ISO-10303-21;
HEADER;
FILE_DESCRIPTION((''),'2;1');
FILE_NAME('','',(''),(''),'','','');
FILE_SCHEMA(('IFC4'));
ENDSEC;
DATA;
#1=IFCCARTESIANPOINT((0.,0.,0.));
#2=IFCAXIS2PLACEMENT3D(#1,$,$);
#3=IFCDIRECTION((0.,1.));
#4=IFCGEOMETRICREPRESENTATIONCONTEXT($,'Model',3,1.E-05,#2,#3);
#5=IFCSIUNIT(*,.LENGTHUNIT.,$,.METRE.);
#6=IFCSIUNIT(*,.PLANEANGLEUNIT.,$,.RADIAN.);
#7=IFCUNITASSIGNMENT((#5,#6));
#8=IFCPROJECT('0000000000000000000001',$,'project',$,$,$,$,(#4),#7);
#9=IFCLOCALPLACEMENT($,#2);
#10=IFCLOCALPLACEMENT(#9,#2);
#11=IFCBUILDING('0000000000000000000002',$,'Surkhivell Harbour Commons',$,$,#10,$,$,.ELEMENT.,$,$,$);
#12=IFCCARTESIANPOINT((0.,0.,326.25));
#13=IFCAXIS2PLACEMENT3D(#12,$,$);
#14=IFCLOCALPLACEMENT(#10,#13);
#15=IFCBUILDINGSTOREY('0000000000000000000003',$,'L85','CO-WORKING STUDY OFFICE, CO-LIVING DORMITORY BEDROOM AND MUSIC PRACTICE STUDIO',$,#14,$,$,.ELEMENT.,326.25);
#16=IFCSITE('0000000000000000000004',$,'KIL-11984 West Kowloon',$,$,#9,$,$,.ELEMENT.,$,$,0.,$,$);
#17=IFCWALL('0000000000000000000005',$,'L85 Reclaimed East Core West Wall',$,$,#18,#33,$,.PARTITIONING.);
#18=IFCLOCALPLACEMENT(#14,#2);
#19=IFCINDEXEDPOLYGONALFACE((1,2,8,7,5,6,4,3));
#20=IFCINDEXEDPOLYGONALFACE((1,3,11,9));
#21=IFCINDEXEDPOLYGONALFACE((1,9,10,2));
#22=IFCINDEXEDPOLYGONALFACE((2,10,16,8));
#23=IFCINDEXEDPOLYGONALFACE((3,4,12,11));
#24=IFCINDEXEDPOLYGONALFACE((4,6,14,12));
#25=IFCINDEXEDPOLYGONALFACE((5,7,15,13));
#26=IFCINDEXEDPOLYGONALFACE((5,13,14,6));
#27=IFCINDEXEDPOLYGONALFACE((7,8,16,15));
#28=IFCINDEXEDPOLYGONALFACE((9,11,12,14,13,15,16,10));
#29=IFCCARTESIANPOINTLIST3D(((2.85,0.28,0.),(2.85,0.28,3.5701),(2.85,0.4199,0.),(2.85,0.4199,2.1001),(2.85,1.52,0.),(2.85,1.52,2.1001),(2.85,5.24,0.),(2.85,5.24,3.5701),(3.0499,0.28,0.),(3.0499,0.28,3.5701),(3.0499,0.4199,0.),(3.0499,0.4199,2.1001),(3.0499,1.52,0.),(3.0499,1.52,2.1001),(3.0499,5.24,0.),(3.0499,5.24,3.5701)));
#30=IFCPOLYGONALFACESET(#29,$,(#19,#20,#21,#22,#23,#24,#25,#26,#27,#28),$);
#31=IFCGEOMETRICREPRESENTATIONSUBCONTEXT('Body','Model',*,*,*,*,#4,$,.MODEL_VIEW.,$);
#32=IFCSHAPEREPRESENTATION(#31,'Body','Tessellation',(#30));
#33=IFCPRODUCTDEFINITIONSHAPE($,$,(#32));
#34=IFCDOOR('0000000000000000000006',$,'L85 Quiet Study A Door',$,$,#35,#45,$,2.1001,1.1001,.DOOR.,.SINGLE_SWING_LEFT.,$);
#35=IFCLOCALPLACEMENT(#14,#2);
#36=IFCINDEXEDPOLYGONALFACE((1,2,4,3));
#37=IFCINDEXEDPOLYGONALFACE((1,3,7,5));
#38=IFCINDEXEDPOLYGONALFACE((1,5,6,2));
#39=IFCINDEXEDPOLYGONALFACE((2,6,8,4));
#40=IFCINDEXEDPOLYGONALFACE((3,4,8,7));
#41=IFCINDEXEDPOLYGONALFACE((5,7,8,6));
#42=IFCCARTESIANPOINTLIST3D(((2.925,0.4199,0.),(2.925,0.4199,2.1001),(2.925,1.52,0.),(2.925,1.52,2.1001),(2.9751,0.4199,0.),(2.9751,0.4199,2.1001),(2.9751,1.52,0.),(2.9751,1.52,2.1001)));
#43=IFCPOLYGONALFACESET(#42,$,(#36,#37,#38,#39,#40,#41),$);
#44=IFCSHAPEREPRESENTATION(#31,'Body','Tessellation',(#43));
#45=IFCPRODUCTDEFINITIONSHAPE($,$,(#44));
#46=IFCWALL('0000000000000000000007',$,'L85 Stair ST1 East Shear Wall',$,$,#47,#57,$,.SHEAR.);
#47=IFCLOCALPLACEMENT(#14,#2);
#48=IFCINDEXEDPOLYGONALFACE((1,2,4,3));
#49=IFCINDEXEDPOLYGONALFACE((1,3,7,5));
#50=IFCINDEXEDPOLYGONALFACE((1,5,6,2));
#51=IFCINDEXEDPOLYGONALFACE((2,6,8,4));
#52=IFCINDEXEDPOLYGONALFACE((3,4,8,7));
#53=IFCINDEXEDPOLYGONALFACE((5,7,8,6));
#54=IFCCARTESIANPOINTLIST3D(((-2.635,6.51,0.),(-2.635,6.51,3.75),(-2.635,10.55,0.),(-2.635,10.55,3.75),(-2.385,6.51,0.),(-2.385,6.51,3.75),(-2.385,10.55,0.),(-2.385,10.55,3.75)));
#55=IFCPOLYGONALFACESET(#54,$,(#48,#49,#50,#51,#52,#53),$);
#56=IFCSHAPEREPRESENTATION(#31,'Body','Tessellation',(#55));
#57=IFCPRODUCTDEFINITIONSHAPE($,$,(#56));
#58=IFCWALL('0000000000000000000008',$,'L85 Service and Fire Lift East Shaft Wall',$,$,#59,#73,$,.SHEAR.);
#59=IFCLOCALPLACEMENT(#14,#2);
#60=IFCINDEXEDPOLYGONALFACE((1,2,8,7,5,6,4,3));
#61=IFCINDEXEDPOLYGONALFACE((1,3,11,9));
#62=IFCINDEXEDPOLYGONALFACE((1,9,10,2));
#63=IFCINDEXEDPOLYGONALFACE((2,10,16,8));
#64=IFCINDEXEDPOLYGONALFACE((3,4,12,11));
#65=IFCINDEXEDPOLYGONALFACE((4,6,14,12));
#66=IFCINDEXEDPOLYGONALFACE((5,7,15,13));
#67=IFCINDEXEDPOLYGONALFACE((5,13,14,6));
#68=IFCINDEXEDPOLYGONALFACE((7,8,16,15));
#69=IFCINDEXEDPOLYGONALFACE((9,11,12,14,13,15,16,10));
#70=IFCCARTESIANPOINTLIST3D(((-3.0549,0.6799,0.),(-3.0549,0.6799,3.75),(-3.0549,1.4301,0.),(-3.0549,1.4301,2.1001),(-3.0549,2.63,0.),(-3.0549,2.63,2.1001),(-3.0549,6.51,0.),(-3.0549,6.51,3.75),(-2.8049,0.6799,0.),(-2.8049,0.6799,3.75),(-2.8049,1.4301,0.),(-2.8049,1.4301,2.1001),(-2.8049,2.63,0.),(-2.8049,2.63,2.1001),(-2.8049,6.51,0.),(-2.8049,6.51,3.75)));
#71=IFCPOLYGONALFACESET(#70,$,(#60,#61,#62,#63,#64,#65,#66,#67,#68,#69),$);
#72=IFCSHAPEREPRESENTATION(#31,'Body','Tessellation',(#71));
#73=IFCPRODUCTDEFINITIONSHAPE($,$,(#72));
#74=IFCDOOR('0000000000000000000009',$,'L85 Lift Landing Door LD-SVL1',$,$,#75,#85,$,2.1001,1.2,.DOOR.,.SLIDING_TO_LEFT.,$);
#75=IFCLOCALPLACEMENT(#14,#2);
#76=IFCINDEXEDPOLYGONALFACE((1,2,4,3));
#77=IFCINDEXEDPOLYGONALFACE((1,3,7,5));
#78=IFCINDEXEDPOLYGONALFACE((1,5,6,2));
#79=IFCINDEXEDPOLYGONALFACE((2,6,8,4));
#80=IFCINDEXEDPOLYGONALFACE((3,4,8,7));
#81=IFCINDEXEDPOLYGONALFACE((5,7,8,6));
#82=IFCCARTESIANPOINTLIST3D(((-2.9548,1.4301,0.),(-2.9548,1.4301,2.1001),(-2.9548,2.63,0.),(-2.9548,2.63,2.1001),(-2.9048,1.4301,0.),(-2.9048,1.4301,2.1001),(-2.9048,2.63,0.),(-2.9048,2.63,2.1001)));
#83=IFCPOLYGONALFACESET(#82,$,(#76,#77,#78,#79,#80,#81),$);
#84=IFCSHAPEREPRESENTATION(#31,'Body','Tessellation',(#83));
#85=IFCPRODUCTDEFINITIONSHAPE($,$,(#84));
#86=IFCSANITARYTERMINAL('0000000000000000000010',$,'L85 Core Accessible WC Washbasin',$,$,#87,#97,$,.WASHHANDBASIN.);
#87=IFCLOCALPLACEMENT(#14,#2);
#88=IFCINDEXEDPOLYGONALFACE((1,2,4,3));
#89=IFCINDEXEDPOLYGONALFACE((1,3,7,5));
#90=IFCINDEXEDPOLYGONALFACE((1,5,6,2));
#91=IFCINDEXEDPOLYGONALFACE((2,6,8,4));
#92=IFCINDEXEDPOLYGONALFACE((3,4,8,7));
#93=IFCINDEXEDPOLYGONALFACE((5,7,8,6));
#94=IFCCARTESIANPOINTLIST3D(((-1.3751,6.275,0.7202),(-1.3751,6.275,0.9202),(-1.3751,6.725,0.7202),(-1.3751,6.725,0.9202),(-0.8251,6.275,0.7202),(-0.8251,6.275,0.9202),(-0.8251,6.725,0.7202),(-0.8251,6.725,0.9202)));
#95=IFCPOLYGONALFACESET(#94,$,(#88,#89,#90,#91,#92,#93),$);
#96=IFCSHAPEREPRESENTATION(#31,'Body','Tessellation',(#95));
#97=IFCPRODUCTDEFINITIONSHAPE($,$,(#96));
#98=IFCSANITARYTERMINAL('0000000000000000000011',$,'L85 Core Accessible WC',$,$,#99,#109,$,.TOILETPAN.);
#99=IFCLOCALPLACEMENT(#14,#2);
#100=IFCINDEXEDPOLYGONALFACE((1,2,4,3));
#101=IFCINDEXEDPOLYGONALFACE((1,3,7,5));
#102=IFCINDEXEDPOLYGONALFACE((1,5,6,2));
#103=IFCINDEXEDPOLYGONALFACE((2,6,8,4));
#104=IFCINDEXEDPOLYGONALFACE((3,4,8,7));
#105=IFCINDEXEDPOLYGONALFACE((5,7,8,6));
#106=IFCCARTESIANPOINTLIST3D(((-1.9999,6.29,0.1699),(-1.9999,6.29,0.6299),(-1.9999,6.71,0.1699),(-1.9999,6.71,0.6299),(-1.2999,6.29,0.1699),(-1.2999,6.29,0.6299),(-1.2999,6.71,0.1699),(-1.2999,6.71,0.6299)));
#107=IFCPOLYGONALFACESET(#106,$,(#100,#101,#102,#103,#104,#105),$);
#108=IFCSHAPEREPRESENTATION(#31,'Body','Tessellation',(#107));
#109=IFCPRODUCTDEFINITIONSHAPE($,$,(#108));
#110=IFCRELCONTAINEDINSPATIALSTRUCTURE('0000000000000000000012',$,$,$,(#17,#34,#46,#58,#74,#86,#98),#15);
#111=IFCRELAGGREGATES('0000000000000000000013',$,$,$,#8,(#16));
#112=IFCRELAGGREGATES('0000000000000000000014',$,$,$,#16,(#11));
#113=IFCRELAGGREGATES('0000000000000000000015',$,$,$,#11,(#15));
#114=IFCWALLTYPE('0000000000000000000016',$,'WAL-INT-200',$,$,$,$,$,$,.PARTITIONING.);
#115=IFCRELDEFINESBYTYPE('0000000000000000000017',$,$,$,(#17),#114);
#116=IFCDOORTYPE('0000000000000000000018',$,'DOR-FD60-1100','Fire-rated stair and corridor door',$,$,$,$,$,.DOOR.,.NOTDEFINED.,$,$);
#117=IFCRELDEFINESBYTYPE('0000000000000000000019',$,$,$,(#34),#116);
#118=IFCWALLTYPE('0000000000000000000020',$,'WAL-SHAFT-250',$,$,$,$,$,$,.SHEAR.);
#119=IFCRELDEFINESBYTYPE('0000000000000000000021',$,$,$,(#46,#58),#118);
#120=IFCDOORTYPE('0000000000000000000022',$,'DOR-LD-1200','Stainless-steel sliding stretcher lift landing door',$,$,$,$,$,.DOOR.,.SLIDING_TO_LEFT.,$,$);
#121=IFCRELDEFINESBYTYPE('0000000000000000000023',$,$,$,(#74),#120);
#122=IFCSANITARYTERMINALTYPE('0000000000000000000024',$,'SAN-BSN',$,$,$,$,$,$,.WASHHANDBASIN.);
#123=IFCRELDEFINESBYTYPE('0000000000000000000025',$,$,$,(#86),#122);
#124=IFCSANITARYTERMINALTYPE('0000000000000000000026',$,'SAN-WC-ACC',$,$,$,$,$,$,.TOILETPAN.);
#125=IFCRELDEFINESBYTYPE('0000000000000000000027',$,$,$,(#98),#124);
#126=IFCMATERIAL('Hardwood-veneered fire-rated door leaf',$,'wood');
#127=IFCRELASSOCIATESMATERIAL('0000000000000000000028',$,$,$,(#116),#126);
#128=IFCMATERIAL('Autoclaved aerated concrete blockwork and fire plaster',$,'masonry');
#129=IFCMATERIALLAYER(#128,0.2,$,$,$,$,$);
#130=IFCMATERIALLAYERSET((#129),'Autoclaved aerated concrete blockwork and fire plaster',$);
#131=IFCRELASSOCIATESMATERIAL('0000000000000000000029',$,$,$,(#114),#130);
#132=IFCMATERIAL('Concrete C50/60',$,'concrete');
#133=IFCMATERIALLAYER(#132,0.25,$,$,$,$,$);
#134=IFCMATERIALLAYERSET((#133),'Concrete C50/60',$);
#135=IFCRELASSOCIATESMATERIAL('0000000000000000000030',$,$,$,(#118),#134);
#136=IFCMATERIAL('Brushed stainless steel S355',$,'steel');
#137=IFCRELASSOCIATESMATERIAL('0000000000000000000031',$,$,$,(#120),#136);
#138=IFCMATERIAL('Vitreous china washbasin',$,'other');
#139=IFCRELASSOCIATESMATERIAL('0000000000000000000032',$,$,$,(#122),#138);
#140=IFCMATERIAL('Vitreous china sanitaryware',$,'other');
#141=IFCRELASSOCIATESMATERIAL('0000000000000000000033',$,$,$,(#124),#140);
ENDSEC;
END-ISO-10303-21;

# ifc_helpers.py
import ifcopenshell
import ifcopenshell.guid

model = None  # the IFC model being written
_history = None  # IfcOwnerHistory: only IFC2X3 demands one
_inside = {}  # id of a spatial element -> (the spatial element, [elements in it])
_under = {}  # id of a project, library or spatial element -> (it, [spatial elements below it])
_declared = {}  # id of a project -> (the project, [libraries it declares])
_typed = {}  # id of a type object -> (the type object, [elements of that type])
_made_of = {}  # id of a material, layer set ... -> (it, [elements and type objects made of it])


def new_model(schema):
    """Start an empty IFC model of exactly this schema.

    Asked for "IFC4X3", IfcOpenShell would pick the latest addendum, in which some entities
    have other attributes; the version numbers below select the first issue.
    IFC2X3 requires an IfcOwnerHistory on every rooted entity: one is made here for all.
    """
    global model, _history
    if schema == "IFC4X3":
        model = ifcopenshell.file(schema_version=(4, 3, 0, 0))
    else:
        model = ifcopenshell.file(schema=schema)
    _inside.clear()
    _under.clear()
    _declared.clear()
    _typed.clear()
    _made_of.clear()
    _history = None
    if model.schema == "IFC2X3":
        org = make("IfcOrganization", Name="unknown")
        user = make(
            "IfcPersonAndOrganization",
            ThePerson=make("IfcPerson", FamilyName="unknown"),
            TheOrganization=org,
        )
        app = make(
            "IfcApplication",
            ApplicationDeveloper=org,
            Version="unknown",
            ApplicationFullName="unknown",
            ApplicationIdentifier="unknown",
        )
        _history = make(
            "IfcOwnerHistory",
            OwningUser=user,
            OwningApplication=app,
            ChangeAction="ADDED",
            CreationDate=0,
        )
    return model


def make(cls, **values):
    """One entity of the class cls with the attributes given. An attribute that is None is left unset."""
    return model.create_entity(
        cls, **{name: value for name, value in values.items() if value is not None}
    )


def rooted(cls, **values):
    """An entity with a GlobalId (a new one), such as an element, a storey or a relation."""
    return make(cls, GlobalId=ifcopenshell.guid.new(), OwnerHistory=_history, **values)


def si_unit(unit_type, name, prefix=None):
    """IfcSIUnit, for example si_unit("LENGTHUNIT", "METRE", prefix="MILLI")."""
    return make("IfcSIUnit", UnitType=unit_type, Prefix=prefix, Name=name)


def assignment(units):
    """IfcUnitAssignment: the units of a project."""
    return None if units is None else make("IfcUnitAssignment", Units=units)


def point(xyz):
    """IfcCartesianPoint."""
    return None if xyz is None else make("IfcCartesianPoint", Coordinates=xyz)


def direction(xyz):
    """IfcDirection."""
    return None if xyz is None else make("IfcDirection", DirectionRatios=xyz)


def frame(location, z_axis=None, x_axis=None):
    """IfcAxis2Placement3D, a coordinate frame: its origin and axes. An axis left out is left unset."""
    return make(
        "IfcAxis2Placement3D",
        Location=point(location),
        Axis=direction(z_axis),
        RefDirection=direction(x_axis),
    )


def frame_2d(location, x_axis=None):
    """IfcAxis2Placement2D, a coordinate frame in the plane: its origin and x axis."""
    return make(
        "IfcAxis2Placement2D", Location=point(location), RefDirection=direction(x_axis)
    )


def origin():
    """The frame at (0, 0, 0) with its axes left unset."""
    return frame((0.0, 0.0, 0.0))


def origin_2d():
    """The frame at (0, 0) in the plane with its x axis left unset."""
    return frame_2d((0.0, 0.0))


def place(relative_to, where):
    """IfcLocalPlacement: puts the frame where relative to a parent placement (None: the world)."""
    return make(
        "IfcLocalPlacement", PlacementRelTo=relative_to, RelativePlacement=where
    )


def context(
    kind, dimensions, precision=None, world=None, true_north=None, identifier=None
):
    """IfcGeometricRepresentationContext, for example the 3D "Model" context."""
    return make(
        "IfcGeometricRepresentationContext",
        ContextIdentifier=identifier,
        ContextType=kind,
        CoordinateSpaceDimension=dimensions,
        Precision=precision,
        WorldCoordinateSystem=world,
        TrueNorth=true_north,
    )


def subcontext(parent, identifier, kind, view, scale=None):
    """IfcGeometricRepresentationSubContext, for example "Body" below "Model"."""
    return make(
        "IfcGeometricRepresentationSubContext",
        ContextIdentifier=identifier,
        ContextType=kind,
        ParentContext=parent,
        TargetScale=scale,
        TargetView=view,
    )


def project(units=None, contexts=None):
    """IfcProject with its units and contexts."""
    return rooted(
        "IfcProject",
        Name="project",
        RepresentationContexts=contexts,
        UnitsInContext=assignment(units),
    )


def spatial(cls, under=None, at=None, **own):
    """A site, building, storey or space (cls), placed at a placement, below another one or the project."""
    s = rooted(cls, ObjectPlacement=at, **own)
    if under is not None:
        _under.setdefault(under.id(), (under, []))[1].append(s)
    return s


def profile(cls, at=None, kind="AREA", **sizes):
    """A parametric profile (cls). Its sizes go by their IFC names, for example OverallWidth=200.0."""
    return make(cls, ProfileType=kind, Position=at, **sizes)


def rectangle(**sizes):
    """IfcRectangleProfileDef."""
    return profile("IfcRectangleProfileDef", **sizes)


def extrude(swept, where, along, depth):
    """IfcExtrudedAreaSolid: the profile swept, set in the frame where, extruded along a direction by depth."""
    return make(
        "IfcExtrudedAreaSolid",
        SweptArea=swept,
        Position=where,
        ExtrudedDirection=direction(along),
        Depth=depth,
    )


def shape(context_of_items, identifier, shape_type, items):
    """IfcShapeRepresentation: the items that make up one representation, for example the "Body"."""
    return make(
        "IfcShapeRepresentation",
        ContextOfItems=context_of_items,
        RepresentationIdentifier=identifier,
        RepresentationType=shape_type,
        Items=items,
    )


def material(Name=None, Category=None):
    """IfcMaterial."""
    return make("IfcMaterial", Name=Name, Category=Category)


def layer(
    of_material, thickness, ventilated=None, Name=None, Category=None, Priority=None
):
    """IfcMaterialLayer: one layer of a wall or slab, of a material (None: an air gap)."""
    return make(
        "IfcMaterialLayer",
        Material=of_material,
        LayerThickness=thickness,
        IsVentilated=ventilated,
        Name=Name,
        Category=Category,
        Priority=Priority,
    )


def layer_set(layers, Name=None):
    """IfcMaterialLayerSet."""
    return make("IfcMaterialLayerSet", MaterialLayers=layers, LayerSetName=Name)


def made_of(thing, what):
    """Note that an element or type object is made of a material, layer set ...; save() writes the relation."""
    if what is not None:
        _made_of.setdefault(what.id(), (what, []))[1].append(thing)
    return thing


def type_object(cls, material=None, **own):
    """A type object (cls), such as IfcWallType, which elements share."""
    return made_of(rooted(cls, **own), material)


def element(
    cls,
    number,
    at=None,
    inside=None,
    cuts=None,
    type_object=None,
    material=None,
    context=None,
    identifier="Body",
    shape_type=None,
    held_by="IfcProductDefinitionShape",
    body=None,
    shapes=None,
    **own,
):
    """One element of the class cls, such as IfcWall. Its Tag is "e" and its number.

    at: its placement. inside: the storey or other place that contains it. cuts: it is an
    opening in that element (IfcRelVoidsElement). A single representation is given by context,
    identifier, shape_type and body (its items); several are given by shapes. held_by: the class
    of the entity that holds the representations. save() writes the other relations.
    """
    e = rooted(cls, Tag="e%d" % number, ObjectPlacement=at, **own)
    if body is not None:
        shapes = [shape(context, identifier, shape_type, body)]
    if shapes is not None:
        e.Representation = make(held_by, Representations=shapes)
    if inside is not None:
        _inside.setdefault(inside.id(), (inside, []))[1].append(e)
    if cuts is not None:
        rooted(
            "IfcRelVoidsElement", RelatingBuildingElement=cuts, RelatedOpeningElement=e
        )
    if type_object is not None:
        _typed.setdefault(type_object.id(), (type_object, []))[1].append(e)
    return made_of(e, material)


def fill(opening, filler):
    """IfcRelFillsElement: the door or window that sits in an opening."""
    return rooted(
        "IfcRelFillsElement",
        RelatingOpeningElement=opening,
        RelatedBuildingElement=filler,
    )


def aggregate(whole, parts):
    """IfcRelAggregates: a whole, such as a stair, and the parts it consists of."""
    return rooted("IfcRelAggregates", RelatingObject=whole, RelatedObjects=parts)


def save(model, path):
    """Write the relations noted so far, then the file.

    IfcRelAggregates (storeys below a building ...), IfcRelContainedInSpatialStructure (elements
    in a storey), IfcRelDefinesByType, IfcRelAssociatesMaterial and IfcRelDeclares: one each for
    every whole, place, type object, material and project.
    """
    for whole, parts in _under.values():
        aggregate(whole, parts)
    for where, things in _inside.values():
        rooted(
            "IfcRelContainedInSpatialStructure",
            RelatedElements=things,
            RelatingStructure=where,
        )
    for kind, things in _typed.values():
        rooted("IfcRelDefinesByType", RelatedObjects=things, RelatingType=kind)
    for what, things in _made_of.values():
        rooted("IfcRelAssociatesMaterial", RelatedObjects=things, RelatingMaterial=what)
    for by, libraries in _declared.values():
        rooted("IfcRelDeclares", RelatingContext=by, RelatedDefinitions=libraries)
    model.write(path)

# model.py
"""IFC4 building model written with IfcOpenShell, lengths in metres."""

from ifc_helpers import new_model, si_unit, direction, frame, frame_2d, origin, origin_2d, place, context, subcontext, project, spatial, rectangle, extrude, material, layer, layer_set, type_object, element, fill, save


model = new_model("IFC4")

# Units and contexts
model_context = context("Model", 3, precision=1e-05, world=origin(), true_north=direction((0.0, 1.0)))
body_context = subcontext(model_context, "Body", "Model", "MODEL_VIEW")
ifc_project = project(units=[si_unit("LENGTHUNIT", "METRE"), si_unit("PLANEANGLEUNIT", "RADIAN")], contexts=[model_context])

# Site, building, storey
site_placement = place(None, origin())
site = spatial("IfcSite", under=ifc_project, at=site_placement, Name="KIL-11984 West Kowloon", CompositionType="ELEMENT", RefElevation=0.0)
building_placement = place(site_placement, origin())
building = spatial("IfcBuilding", under=site, at=building_placement, Name="Surkhivell Harbour Commons", CompositionType="ELEMENT")
storey_placement = place(building_placement, frame((0.0, 0.0, 326.25)))
storey = spatial("IfcBuildingStorey", under=building, at=storey_placement, Name="L85", Description="CO-WORKING STUDY OFFICE, CO-LIVING DORMITORY BEDROOM AND MUSIC PRACTICE STUDIO", CompositionType="ELEMENT", Elevation=326.25)

# Shared definitions
ifc_material_1 = material(Name="Concrete C50/60", Category="concrete")
ifc_material_2 = material(Name="Hardwood-veneered fire-rated door leaf", Category="wood")
door_type_1 = type_object("IfcDoorType", Name="DOR-FD60-1100", Description="Fire-rated stair and corridor door", OperationType="NOTDEFINED", PredefinedType="DOOR", material=ifc_material_2)

# Shared definitions
ifc_material_3 = material(Name="Autoclaved aerated concrete blockwork and fire plaster", Category="masonry")
ifc_layer_1 = layer(ifc_material_3, 0.2)
ifc_layer_set_1 = layer_set([ifc_layer_1], Name="Autoclaved aerated concrete blockwork and fire plaster")
wall_type_1 = type_object("IfcWallType", Name="WAL-INT-200", PredefinedType="PARTITIONING", material=ifc_layer_set_1)

# Wall, opening, door
wall_1_placement = place(storey_placement, frame((2.95, 0.28, 0.0), z_axis=(0.0, 0.0, 1.0), x_axis=(0.0, 1.0, 0.0)))
wall_1 = element("IfcWall", 1, at=wall_1_placement, inside=storey, type_object=wall_type_1, Name="L85 Reclaimed East Core West Wall", PredefinedType="PARTITIONING", context=body_context, shape_type="SweptSolid", body=[
    extrude(rectangle(XDim=4.96, YDim=0.2, at=frame_2d((2.48, 0.0))), origin(), (0.0, 0.0, 1.0), 3.5701),
])
opening_1_placement = place(wall_1_placement, frame((0.1399, 0.0, 0.0)))
opening_1 = element("IfcOpeningElement", 2, at=opening_1_placement, cuts=wall_1, PredefinedType="OPENING", context=body_context, shape_type="SweptSolid", body=[
    extrude(rectangle(XDim=1.1001, YDim=2.1001, at=frame_2d((0.55, 1.05))), frame((0.0, 0.1099, 0.0), z_axis=(0.0, -1.0, 0.0), x_axis=(1.0, 0.0, 0.0)), (0.0, 0.0, 1.0), 0.22),
])
door_1_placement = place(opening_1_placement, origin())
door_1 = element("IfcDoor", 3, at=door_1_placement, inside=storey, type_object=door_type_1, Name="L85 Quiet Study A Door", OperationType="SINGLE_SWING_LEFT", OverallHeight=2.1001, OverallWidth=1.1001, PredefinedType="DOOR", context=body_context, shape_type="SweptSolid", body=[
    extrude(rectangle(XDim=1.1001, YDim=2.1001, at=frame_2d((0.55, 1.05))), frame((0.0, 0.0249, 0.0), z_axis=(0.0, -1.0, 0.0), x_axis=(1.0, 0.0, 0.0)), (0.0, 0.0, 1.0), 0.05),
])
fill(opening_1, door_1)

# Wall
ifc_layer_2 = layer(ifc_material_1, 0.25)
ifc_layer_set_2 = layer_set([ifc_layer_2], Name="Concrete C50/60")
wall_type_2 = type_object("IfcWallType", Name="WAL-SHAFT-250", PredefinedType="SHEAR", material=ifc_layer_set_2)
wall_2_placement = place(storey_placement, frame((-2.51, 6.51, 0.0), z_axis=(0.0, 0.0, 1.0), x_axis=(0.0, 1.0, 0.0)))
element("IfcWall", 4, at=wall_2_placement, inside=storey, type_object=wall_type_2, Name="L85 Stair ST1 East Shear Wall", PredefinedType="SHEAR", context=body_context, shape_type="SweptSolid", body=[
    extrude(rectangle(XDim=4.04, YDim=0.25, at=frame_2d((2.02, 0.0))), origin(), (0.0, 0.0, 1.0), 3.75),
])

# Wall, opening, door
wall_3_placement = place(storey_placement, frame((-2.9299, 0.6799, 0.0), z_axis=(0.0, 0.0, 1.0), x_axis=(0.0, 1.0, 0.0)))
wall_3 = element("IfcWall", 5, at=wall_3_placement, inside=storey, type_object=wall_type_2, Name="L85 Service and Fire Lift East Shaft Wall", PredefinedType="SHEAR", context=body_context, shape_type="SweptSolid", body=[
    extrude(rectangle(XDim=5.8301, YDim=0.25, at=frame_2d((2.915, 0.0))), origin(), (0.0, 0.0, 1.0), 3.75),
])
opening_2_placement = place(wall_3_placement, frame((0.75, 0.0, 0.0)))
opening_2 = element("IfcOpeningElement", 6, at=opening_2_placement, cuts=wall_3, PredefinedType="OPENING", context=body_context, shape_type="SweptSolid", body=[
    extrude(rectangle(XDim=1.2, YDim=2.1001, at=frame_2d((0.6001, 1.05))), frame((0.0, 0.135, 0.0), z_axis=(0.0, -1.0, 0.0), x_axis=(1.0, 0.0, 0.0)), (0.0, 0.0, 1.0), 0.27),
])
ifc_material_4 = material(Name="Brushed stainless steel S355", Category="steel")
door_type_2 = type_object("IfcDoorType", Name="DOR-LD-1200", Description="Stainless-steel sliding stretcher lift landing door", OperationType="SLIDING_TO_LEFT", PredefinedType="DOOR", material=ifc_material_4)
door_2_placement = place(opening_2_placement, origin())
door_2 = element("IfcDoor", 7, at=door_2_placement, inside=storey, type_object=door_type_2, Name="L85 Lift Landing Door LD-SVL1", OperationType="SLIDING_TO_LEFT", OverallHeight=2.1001, OverallWidth=1.2, PredefinedType="DOOR", context=body_context, shape_type="SweptSolid", body=[
    extrude(rectangle(XDim=1.2, YDim=2.1001, at=frame_2d((0.6001, 1.05))), frame((0.0, 0.0249, 0.0), z_axis=(0.0, -1.0, 0.0), x_axis=(1.0, 0.0, 0.0)), (0.0, 0.0, 1.0), 0.05),
])
fill(opening_2, door_2)

# Sanitary terminals
ifc_material_5 = material(Name="Vitreous china washbasin", Category="other")
sanitary_terminal_type_1 = type_object("IfcSanitaryTerminalType", Name="SAN-BSN", PredefinedType="WASHHANDBASIN", material=ifc_material_5)
sanitary_terminal_1_placement = place(storey_placement, frame((-1.1001, 6.5, 0.7202), z_axis=(0.0, 0.0, 1.0), x_axis=(1.0, 0.0, 0.0)))
element("IfcSanitaryTerminal", 8, at=sanitary_terminal_1_placement, inside=storey, type_object=sanitary_terminal_type_1, Name="L85 Core Accessible WC Washbasin", PredefinedType="WASHHANDBASIN", context=body_context, shape_type="SweptSolid", body=[
    extrude(rectangle(XDim=0.55, YDim=0.45, at=origin_2d()), origin(), (0.0, 0.0, 1.0), 0.2),
])
ifc_material_6 = material(Name="Vitreous china sanitaryware", Category="other")
sanitary_terminal_type_2 = type_object("IfcSanitaryTerminalType", Name="SAN-WC-ACC", PredefinedType="TOILETPAN", material=ifc_material_6)
sanitary_terminal_2_placement = place(storey_placement, frame((-1.6499, 6.5, 0.1699), z_axis=(0.0, 0.0, 1.0), x_axis=(1.0, 0.0, 0.0)))
element("IfcSanitaryTerminal", 9, at=sanitary_terminal_2_placement, inside=storey, type_object=sanitary_terminal_type_2, Name="L85 Core Accessible WC", PredefinedType="TOILETPAN", context=body_context, shape_type="SweptSolid", body=[
    extrude(rectangle(XDim=0.7, YDim=0.4199, at=origin_2d()), origin(), (0.0, 0.0, 1.0), 0.46),
])

save(model, "model.ifc")
